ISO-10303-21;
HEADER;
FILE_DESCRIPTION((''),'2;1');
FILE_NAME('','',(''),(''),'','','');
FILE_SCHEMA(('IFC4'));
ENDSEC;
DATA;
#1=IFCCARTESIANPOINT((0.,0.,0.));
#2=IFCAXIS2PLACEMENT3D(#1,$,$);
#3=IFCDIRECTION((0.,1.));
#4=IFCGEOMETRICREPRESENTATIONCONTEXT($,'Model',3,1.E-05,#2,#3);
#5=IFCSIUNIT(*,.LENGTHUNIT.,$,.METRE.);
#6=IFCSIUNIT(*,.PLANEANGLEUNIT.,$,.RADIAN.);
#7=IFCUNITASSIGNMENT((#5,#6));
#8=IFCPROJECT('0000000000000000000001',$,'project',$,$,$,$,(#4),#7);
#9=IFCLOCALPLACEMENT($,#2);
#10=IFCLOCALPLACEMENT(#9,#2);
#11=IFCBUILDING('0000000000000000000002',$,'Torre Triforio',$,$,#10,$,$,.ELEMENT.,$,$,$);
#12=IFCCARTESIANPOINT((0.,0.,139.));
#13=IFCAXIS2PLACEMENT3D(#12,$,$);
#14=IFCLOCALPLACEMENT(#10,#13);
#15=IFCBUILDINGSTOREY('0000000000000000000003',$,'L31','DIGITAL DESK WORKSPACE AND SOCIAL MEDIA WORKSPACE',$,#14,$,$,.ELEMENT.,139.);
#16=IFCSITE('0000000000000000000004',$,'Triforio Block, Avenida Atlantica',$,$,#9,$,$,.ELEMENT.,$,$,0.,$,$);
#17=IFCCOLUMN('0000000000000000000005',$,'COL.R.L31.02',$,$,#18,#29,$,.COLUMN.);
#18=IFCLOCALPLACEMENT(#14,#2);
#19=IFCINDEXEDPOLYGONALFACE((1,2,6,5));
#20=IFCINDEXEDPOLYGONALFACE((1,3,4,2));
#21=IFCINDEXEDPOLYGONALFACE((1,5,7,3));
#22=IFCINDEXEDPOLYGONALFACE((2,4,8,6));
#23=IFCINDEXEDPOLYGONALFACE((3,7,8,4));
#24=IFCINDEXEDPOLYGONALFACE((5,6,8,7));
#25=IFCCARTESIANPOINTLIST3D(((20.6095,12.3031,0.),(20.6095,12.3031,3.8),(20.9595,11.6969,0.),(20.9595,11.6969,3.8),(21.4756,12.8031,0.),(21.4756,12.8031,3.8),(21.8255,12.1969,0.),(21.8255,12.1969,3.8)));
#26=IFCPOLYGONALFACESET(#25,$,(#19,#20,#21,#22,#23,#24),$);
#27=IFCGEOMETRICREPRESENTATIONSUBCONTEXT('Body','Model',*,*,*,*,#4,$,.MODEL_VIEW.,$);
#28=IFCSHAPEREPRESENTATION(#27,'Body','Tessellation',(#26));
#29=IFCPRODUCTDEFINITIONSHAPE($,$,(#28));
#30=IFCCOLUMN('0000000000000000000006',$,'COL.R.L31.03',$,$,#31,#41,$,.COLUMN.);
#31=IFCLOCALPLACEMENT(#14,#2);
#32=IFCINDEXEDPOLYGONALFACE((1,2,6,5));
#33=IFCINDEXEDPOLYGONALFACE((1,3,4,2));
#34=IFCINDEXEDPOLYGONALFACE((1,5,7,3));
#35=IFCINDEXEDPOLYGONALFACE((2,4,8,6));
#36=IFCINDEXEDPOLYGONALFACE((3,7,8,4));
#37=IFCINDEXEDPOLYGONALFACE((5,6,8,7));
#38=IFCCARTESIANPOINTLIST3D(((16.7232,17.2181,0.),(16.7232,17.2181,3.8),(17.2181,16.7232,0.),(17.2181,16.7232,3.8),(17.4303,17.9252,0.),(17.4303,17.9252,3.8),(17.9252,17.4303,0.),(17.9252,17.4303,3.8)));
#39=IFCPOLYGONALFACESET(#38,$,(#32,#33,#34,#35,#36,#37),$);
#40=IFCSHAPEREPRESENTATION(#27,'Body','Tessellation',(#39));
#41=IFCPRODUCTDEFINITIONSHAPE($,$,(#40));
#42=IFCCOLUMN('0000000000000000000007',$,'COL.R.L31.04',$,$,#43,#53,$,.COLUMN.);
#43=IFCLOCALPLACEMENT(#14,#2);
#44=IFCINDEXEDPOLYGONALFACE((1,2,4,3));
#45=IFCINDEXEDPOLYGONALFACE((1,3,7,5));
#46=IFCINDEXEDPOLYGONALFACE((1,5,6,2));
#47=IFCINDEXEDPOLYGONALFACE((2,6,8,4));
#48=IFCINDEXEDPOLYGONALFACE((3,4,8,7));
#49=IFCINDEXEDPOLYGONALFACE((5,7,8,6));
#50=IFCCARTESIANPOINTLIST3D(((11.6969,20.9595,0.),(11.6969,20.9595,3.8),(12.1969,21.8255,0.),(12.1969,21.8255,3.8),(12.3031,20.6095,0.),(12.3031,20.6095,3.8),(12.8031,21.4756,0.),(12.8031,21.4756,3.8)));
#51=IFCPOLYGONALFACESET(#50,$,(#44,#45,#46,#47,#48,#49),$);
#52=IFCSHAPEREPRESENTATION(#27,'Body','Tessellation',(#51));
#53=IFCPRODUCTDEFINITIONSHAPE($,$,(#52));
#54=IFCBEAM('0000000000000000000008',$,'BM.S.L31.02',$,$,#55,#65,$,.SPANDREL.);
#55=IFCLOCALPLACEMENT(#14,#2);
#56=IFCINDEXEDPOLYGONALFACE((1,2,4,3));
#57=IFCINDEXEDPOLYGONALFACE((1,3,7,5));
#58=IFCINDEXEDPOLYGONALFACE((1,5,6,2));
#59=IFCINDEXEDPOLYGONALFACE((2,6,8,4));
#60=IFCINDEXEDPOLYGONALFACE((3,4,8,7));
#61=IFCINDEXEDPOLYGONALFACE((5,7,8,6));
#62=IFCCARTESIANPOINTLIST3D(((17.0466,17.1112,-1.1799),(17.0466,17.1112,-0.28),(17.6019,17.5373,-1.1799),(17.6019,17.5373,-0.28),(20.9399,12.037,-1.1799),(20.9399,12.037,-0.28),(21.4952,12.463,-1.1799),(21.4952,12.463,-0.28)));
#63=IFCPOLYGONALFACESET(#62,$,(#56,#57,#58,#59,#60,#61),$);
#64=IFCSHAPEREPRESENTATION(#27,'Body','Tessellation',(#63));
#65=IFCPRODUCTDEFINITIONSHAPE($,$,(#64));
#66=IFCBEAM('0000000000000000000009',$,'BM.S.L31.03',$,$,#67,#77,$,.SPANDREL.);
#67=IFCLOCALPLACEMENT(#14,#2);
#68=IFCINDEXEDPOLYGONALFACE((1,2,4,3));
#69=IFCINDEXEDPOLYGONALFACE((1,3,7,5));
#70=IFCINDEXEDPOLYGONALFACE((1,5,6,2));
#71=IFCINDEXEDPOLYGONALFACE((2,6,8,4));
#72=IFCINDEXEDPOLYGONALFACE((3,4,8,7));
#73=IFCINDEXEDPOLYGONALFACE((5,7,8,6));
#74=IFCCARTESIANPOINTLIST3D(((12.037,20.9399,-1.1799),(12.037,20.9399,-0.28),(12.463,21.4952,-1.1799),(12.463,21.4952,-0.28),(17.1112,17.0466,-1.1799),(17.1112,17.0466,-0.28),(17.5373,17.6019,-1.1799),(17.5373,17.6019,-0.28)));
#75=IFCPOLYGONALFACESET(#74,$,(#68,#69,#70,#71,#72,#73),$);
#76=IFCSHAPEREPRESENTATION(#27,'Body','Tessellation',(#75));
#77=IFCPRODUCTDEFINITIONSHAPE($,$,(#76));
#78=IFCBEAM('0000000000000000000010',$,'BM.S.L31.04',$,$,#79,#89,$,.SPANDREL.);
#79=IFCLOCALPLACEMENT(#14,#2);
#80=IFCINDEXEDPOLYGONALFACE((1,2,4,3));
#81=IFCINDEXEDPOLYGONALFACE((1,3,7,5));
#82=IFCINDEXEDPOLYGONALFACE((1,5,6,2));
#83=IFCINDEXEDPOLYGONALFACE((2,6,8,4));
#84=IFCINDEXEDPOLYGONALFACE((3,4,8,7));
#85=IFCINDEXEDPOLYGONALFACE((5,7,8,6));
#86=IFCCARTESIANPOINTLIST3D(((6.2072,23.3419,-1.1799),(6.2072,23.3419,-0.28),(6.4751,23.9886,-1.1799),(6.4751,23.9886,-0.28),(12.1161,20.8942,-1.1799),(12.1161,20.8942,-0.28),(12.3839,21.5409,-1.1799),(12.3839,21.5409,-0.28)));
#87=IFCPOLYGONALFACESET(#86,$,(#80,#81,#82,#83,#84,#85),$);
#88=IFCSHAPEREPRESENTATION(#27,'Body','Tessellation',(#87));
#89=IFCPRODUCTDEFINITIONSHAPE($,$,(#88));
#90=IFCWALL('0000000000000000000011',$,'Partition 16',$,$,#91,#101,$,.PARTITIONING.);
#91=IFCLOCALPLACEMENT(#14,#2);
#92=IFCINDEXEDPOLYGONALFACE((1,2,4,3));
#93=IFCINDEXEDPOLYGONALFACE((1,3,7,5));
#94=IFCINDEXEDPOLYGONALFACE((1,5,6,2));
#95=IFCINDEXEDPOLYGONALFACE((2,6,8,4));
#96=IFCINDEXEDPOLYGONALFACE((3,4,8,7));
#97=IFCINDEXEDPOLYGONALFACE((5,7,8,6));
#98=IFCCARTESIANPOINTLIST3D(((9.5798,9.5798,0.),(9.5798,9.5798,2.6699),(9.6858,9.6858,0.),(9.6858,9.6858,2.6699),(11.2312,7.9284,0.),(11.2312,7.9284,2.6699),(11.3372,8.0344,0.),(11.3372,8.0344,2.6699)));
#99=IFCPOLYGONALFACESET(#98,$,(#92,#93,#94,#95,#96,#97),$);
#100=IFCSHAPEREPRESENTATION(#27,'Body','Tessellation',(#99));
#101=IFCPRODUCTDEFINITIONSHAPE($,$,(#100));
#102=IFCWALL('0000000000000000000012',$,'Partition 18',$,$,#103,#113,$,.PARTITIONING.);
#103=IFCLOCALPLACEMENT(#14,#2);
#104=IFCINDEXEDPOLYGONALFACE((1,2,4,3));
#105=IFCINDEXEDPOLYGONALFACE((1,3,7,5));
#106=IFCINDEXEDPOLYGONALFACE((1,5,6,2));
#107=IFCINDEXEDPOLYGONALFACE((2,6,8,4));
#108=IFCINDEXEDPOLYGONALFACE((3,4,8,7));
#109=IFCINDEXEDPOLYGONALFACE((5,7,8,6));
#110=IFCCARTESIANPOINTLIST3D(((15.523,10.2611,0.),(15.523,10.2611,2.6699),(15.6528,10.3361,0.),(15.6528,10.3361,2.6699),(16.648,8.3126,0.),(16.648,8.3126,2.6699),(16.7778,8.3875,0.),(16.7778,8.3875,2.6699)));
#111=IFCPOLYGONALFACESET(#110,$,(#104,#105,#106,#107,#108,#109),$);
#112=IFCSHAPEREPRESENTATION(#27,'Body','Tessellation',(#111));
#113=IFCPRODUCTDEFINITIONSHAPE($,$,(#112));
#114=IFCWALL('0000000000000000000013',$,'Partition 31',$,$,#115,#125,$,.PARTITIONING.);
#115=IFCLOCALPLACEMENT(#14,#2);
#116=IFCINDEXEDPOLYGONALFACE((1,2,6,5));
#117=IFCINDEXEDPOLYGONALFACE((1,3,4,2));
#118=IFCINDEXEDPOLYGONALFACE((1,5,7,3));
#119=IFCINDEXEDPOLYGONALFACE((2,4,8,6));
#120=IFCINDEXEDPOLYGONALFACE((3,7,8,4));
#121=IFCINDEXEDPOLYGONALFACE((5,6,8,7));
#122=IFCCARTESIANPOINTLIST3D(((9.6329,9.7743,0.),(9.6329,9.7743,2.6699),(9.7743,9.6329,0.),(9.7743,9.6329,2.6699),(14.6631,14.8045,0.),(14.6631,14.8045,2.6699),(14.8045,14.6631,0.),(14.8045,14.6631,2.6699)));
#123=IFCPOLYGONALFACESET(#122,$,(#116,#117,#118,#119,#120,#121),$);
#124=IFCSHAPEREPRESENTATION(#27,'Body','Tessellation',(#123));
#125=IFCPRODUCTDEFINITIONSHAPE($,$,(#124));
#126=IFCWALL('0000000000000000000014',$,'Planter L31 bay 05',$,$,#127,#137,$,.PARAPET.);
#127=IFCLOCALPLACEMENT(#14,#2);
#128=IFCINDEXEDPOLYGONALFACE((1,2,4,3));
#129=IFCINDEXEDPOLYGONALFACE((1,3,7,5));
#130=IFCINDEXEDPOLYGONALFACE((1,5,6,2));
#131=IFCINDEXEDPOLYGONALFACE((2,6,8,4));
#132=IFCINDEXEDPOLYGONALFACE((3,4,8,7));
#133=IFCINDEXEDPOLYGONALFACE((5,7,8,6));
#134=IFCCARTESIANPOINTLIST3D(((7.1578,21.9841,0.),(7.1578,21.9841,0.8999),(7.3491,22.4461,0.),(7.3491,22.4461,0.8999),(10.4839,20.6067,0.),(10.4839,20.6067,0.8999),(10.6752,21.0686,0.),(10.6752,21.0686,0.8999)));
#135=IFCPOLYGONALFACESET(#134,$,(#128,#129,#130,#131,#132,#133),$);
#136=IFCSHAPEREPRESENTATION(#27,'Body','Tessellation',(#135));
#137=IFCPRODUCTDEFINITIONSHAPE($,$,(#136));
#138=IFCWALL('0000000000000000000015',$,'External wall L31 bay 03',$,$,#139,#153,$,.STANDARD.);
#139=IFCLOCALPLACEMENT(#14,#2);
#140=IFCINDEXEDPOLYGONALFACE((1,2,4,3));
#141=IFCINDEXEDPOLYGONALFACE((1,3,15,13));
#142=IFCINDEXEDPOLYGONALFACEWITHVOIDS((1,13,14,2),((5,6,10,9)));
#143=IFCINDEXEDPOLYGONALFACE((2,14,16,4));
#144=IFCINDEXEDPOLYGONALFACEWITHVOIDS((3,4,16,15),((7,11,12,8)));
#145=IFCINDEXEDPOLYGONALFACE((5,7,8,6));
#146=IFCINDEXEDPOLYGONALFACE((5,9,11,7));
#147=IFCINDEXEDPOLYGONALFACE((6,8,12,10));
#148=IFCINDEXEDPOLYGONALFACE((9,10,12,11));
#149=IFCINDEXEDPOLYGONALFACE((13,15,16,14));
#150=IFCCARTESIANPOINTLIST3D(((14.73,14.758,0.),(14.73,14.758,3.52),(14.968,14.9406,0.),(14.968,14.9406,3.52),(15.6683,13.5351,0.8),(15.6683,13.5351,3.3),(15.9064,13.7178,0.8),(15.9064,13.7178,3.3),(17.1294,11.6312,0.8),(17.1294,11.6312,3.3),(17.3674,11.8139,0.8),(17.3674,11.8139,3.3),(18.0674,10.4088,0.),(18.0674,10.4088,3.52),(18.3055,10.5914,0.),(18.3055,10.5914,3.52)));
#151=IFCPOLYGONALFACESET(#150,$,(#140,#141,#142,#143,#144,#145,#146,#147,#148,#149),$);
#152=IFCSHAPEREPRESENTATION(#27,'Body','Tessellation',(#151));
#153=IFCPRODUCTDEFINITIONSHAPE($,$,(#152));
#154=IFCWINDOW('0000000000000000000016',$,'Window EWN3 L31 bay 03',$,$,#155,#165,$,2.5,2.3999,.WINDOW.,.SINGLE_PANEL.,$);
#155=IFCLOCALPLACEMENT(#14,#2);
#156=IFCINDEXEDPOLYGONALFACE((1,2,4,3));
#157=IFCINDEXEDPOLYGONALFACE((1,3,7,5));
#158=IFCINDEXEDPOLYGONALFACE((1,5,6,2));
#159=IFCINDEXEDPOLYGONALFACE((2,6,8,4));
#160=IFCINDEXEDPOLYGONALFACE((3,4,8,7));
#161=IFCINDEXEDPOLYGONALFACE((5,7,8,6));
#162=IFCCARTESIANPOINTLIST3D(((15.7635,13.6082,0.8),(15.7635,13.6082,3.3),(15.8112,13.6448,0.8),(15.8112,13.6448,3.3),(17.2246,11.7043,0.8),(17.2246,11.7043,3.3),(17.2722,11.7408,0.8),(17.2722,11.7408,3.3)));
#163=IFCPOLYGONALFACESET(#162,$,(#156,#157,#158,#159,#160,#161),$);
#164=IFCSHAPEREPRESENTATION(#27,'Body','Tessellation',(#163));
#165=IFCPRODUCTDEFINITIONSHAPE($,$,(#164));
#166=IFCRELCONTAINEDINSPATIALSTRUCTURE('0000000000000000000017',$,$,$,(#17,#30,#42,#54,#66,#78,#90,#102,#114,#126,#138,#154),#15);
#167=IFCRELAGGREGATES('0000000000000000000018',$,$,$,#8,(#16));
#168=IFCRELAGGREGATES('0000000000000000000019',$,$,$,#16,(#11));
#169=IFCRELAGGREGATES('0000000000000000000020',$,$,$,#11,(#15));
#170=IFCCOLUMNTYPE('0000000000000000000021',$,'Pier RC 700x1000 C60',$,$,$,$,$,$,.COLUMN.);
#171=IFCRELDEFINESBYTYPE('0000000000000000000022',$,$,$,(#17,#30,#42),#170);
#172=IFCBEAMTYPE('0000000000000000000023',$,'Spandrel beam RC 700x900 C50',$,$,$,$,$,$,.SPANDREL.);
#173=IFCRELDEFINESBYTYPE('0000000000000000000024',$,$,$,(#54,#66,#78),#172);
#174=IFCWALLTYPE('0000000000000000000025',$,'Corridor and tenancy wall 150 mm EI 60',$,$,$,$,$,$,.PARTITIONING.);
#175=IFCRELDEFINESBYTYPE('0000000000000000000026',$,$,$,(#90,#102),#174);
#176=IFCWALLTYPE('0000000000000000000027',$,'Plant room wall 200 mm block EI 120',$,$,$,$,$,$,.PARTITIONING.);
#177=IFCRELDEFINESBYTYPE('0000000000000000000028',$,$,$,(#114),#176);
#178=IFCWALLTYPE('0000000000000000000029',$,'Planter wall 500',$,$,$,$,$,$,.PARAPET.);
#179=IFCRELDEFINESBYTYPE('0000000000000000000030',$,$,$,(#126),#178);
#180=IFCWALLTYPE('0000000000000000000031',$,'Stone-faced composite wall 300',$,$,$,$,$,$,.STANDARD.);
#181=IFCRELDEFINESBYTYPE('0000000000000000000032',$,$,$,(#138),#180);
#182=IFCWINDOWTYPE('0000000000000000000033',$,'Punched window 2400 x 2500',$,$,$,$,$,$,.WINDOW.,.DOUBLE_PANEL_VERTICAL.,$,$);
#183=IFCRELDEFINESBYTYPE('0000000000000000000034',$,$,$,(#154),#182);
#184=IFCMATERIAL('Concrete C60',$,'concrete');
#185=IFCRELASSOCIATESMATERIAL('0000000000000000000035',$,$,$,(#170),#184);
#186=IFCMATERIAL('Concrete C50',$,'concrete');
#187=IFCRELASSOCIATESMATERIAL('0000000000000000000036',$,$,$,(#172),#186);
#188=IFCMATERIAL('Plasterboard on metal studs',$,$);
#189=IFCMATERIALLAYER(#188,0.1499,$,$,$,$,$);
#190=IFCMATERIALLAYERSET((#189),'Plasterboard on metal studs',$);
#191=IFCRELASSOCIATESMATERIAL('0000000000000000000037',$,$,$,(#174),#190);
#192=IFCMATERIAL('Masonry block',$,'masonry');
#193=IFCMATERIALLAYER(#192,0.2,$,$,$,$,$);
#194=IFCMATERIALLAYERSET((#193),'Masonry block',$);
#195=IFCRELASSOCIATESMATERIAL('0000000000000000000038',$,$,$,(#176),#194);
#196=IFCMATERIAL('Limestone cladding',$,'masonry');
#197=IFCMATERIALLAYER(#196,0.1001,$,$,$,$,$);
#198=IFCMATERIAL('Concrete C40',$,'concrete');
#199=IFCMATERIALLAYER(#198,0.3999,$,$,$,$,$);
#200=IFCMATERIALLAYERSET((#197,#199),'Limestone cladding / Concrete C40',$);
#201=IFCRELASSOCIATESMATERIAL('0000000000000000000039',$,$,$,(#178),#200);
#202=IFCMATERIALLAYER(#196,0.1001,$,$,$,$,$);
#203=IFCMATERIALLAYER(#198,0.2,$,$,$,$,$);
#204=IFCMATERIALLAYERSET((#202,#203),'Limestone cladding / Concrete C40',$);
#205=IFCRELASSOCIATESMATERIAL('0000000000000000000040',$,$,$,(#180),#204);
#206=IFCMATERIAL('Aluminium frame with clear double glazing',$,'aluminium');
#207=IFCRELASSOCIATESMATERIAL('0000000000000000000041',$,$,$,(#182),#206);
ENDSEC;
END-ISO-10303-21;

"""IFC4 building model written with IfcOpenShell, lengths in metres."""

from ifc_helpers import new_model, si_unit, direction, frame, frame_2d, origin, origin_2d, place, context, subcontext, project, spatial, rectangle, extrude, material, layer, layer_set, material_profile, profile_set, type_object, element, fill, save


model = new_model("IFC4")

# Units and contexts
model_context = context("Model", 3, precision=1e-05, world=origin(), true_north=direction((0.0, 1.0)))
body_context = subcontext(model_context, "Body", "Model", "MODEL_VIEW")
ifc_project = project(units=[si_unit("LENGTHUNIT", "METRE"), si_unit("PLANEANGLEUNIT", "RADIAN")], contexts=[model_context])

# Site, building, storey
site_placement = place(None, origin())
site = spatial("IfcSite", under=ifc_project, at=site_placement, Name="Triforio Block, Avenida Atlantica", CompositionType="ELEMENT", RefElevation=0.0)
building_placement = place(site_placement, origin())
building = spatial("IfcBuilding", under=site, at=building_placement, Name="Torre Triforio", CompositionType="ELEMENT")
storey_placement = place(building_placement, frame((0.0, 0.0, 139.0)))
storey = spatial("IfcBuildingStorey", under=building, at=storey_placement, Name="L31", Description="DIGITAL DESK WORKSPACE AND SOCIAL MEDIA WORKSPACE", CompositionType="ELEMENT", Elevation=139.0)

# Columns
ifc_material_1 = material(Name="Concrete C60", Category="concrete")
ifc_material_profile_1 = material_profile(ifc_material_1, rectangle(XDim=0.7, YDim=1.0, at=origin_2d()), Name="RC 700x1000")
ifc_profile_set_1 = profile_set([ifc_material_profile_1], Name="Concrete C60")
column_type = type_object("IfcColumnType", Name="Pier RC 700x1000 C60", PredefinedType="COLUMN", material=ifc_profile_set_1)
for number, where, z_axis, x_axis, name in (
    (1, (21.2175, 12.25, 0.0), (0.0, 0.0, 1.0), (-0.5, 0.866025, 0.0), "COL.R.L31.02"),
    (2, (17.3242, 17.3242, 0.0), (0.0, 0.0, 1.0), (-0.707107, 0.707107, 0.0), "COL.R.L31.03"),
    (3, (12.25, 21.2175, 0.0), (0.0, 0.0, 1.0), (-0.866025, 0.5, 0.0), "COL.R.L31.04"),
):
    element("IfcColumn", number, at=place(storey_placement, frame(where, z_axis=z_axis, x_axis=x_axis)), inside=storey, type_object=column_type, Name=name, PredefinedType="COLUMN", context=body_context, shape_type="SweptSolid", body=[
        extrude(rectangle(XDim=0.7, YDim=1.0, at=origin_2d()), origin(), (0.0, 0.0, 1.0), 3.8),
    ])

# Beams
ifc_material_2 = material(Name="Concrete C50", Category="concrete")
ifc_material_profile_2 = material_profile(ifc_material_2, rectangle(XDim=0.7, YDim=0.8999, at=origin_2d()), Name="RC 700x900")
ifc_profile_set_2 = profile_set([ifc_material_profile_2], Name="Concrete C50")
beam_type = type_object("IfcBeamType", Name="Spandrel beam RC 700x900 C50", PredefinedType="SPANDREL", material=ifc_profile_set_2)
for number, where, z_axis, x_axis, name in (
    (4, (21.2175, 12.25, -0.73), (-0.608734, 0.793374, 0.0), (-0.793374, -0.608734, 0.0), "BM.S.L31.02"),
    (5, (17.3242, 17.3242, -0.73), (-0.793374, 0.608734, 0.0), (-0.608734, -0.793374, 0.0), "BM.S.L31.03"),
    (6, (12.25, 21.2175, -0.73), (-0.923869, 0.382709, 0.0), (-0.382709, -0.923869, 0.0), "BM.S.L31.04"),
):
    element("IfcBeam", number, at=place(storey_placement, frame(where, z_axis=z_axis, x_axis=x_axis)), inside=storey, type_object=beam_type, Name=name, PredefinedType="SPANDREL", context=body_context, shape_type="SweptSolid", body=[
        extrude(rectangle(XDim=0.7, YDim=0.8999, at=origin_2d()), origin(), (0.0, 0.0, 1.0), 6.3958),
    ])

# Walls
ifc_material_3 = material(Name="Plasterboard on metal studs")
ifc_layer_1 = layer(ifc_material_3, 0.1499)
ifc_layer_set_1 = layer_set([ifc_layer_1], Name="Plasterboard on metal studs")
wall_type_1 = type_object("IfcWallType", Name="Corridor and tenancy wall 150 mm EI 60", PredefinedType="PARTITIONING", material=ifc_layer_set_1)
wall_1_placement = place(storey_placement, frame((9.6328, 9.6328, 0.0), z_axis=(0.0, 0.0, 1.0), x_axis=(0.707107, -0.707107, 0.0)))
element("IfcWall", 7, at=wall_1_placement, inside=storey, type_object=wall_type_1, Name="Partition 16", PredefinedType="PARTITIONING", context=body_context, shape_type="SweptSolid", body=[
    extrude(rectangle(XDim=2.3354, YDim=0.1499, at=frame_2d((1.1677, 0.0))), origin(), (0.0, 0.0, 1.0), 2.6699),
])
wall_2_placement = place(storey_placement, frame((15.5879, 10.2986, 0.0), z_axis=(0.0, 0.0, 1.0), x_axis=(0.500014, -0.866018, 0.0)))
element("IfcWall", 8, at=wall_2_placement, inside=storey, type_object=wall_type_1, Name="Partition 18", PredefinedType="PARTITIONING", context=body_context, shape_type="SweptSolid", body=[
    extrude(rectangle(XDim=2.25, YDim=0.1499, at=frame_2d((1.125, 0.0))), origin(), (0.0, 0.0, 1.0), 2.6699),
])
ifc_material_4 = material(Name="Masonry block", Category="masonry")
ifc_layer_2 = layer(ifc_material_4, 0.2)
ifc_layer_set_2 = layer_set([ifc_layer_2], Name="Masonry block")
wall_type_2 = type_object("IfcWallType", Name="Plant room wall 200 mm block EI 120", PredefinedType="PARTITIONING", material=ifc_layer_set_2)
wall_3_placement = place(storey_placement, frame((9.7036, 9.7036, 0.0), z_axis=(0.0, 0.0, 1.0), x_axis=(0.707107, 0.707107, 0.0)))
element("IfcWall", 9, at=wall_3_placement, inside=storey, type_object=wall_type_2, Name="Partition 31", PredefinedType="PARTITIONING", context=body_context, shape_type="SweptSolid", body=[
    extrude(rectangle(XDim=7.1138, YDim=0.2, at=frame_2d((3.5569, 0.0))), origin(), (0.0, 0.0, 1.0), 2.6699),
])
ifc_material_5 = material(Name="Limestone cladding", Category="masonry")
ifc_layer_3 = layer(ifc_material_5, 0.1001)
ifc_material_6 = material(Name="Concrete C40", Category="concrete")
ifc_layer_4 = layer(ifc_material_6, 0.3999)
ifc_layer_set_3 = layer_set([ifc_layer_3, ifc_layer_4], Name="Limestone cladding / Concrete C40")
wall_type_3 = type_object("IfcWallType", Name="Planter wall 500", PredefinedType="PARAPET", material=ifc_layer_set_3)
wall_4_placement = place(storey_placement, frame((10.5796, 20.8376, 0.0), z_axis=(0.0, 0.0, 1.0), x_axis=(-0.923909, 0.382611, 0.0)))
element("IfcWall", 10, at=wall_4_placement, inside=storey, type_object=wall_type_3, Name="Planter L31 bay 05", PredefinedType="PARAPET", context=body_context, shape_type="SweptSolid", body=[
    extrude(rectangle(XDim=3.6001, YDim=0.5, at=frame_2d((1.8, 0.0))), origin(), (0.0, 0.0, 1.0), 0.8999),
])

# Wall, opening, window
ifc_layer_5 = layer(ifc_material_5, 0.1001)
ifc_layer_6 = layer(ifc_material_6, 0.2)
ifc_layer_set_4 = layer_set([ifc_layer_5, ifc_layer_6], Name="Limestone cladding / Concrete C40")
wall_type_4 = type_object("IfcWallType", Name="Stone-faced composite wall 300", PredefinedType="STANDARD", material=ifc_layer_set_4)
wall_5_placement = place(storey_placement, frame((18.1865, 10.5, 0.0), z_axis=(0.0, 0.0, 1.0), x_axis=(-0.608785, 0.793335, 0.0)))
wall_5 = element("IfcWall", 11, at=wall_5_placement, inside=storey, type_object=wall_type_4, Name="External wall L31 bay 03", PredefinedType="STANDARD", context=body_context, shape_type="SweptSolid", body=[
    extrude(rectangle(XDim=5.4822, YDim=0.3, at=frame_2d((2.7412, 0.0))), origin(), (0.0, 0.0, 1.0), 3.52),
])
opening_1_placement = place(wall_5_placement, frame((1.541, 0.0, 0.8)))
opening_1 = element("IfcOpeningElement", 12, at=opening_1_placement, cuts=wall_5, PredefinedType="OPENING", context=body_context, shape_type="SweptSolid", body=[
    extrude(rectangle(XDim=2.3999, YDim=2.5, at=frame_2d((1.2, 1.25))), frame((0.0, 0.1599, 0.0), z_axis=(0.0, -1.0, 0.0), x_axis=(1.0, 0.0, 0.0)), (0.0, 0.0, 1.0), 0.3201),
])
ifc_material_7 = material(Name="Aluminium frame with clear double glazing", Category="aluminium")
window_type_1 = type_object("IfcWindowType", Name="Punched window 2400 x 2500", PartitioningType="DOUBLE_PANEL_VERTICAL", PredefinedType="WINDOW", material=ifc_material_7)
window_1_placement = place(opening_1_placement, origin())
window_1 = element("IfcWindow", 13, at=window_1_placement, inside=storey, type_object=window_type_1, Name="Window EWN3 L31 bay 03", OverallHeight=2.5, OverallWidth=2.3999, PartitioningType="SINGLE_PANEL", PredefinedType="WINDOW", context=body_context, shape_type="SweptSolid", body=[
    extrude(rectangle(XDim=2.3999, YDim=2.5, at=frame_2d((1.2, 1.25))), frame((0.0, 0.03, 0.0), z_axis=(0.0, -1.0, 0.0), x_axis=(1.0, 0.0, 0.0)), (0.0, 0.0, 1.0), 0.0601),
])
fill(opening_1, window_1)

save(model, "model.ifc")
